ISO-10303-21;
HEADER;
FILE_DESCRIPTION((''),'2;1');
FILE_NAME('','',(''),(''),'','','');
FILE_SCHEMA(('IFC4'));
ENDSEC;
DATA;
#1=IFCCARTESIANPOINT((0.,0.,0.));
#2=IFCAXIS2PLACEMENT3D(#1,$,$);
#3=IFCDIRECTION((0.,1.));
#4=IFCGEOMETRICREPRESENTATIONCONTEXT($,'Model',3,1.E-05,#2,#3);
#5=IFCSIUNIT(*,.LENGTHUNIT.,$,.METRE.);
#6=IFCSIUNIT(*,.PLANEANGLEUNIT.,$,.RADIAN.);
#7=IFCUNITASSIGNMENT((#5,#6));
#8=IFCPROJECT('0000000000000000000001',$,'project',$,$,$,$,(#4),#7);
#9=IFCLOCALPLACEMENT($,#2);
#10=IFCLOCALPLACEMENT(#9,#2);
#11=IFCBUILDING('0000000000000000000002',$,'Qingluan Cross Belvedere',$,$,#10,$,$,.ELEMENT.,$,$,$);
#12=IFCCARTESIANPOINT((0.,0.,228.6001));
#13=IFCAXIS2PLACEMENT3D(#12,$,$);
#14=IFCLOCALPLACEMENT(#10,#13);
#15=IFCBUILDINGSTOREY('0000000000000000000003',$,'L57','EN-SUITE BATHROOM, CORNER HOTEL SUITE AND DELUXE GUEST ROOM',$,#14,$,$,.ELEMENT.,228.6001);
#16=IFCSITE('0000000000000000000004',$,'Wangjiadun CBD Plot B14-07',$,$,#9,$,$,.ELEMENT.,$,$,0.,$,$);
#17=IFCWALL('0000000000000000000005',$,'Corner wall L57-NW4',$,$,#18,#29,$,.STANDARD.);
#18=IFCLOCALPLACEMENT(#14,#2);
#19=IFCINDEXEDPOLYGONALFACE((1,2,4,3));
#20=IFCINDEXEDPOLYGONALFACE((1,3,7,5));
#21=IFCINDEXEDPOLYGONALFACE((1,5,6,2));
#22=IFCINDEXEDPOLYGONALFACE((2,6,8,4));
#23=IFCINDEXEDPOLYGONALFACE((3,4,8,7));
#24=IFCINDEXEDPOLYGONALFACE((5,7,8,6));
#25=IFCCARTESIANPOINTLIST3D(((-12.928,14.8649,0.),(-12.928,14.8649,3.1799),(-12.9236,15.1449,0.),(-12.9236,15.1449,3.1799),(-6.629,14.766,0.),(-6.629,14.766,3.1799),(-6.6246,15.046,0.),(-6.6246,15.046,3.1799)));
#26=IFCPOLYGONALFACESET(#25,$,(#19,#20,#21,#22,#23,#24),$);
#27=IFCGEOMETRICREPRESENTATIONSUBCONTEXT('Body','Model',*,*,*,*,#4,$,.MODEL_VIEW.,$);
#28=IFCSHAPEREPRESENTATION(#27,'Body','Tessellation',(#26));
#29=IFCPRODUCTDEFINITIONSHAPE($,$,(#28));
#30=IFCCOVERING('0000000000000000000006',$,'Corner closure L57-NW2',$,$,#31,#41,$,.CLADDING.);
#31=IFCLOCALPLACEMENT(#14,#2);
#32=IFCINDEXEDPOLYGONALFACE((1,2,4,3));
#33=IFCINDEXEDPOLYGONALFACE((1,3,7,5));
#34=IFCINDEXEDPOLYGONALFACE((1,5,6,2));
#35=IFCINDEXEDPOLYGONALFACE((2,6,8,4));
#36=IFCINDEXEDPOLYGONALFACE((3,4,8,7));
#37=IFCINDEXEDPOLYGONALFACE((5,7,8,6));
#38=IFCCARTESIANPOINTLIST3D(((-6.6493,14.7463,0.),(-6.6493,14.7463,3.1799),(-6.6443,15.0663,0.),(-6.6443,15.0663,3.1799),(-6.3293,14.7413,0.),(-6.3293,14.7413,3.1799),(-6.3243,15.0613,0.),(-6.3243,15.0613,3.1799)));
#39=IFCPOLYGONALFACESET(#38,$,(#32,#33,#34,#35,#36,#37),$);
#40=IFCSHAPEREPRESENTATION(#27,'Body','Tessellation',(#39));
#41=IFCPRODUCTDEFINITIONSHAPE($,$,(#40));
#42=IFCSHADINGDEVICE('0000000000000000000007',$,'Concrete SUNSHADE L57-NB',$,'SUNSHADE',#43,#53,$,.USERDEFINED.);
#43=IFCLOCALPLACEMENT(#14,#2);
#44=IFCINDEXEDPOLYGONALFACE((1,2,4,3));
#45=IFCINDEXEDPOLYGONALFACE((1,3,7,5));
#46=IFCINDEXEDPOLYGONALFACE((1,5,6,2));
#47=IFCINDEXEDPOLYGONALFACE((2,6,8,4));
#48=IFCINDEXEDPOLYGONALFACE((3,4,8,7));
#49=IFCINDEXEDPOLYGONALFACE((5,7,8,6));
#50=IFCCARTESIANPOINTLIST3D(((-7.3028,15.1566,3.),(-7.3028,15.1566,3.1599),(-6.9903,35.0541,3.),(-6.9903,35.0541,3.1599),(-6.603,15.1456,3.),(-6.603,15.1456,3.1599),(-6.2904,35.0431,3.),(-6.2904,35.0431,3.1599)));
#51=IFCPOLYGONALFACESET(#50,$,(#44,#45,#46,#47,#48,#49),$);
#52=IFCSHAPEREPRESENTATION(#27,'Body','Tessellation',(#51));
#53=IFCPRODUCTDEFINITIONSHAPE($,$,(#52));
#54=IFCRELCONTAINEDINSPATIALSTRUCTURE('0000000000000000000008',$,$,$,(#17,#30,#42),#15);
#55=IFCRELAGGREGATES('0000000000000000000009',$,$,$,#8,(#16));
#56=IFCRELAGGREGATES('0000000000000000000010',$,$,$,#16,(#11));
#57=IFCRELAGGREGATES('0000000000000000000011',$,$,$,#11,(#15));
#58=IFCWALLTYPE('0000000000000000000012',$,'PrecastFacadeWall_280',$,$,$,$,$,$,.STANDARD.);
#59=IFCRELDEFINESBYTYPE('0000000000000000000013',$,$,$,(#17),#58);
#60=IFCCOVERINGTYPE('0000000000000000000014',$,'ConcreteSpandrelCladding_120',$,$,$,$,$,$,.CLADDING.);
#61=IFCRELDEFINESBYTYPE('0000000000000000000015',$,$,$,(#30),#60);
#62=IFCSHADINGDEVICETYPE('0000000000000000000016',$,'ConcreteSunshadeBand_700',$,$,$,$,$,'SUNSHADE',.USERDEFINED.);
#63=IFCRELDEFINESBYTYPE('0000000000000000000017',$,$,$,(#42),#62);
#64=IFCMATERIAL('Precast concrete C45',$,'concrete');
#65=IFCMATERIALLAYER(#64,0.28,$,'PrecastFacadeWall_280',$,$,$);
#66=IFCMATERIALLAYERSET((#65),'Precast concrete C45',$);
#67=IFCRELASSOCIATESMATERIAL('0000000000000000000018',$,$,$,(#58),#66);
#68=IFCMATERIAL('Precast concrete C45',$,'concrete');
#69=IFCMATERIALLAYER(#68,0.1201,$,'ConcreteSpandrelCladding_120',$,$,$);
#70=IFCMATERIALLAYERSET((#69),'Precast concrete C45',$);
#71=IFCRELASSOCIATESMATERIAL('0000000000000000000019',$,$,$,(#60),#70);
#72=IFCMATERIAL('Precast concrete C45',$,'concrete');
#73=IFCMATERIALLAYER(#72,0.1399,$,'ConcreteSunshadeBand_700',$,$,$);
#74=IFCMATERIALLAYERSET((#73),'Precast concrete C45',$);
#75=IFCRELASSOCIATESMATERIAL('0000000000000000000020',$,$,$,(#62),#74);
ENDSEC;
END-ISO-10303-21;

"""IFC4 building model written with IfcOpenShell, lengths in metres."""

from ifc_helpers import new_model, si_unit, direction, frame, frame_2d, origin, origin_2d, place, context, subcontext, project, spatial, rectangle, extrude, material, layer, layer_set, type_object, element, save


model = new_model("IFC4")

# Units and contexts
model_context = context("Model", 3, precision=1e-05, world=origin(), true_north=direction((0.0, 1.0)))
body_context = subcontext(model_context, "Body", "Model", "MODEL_VIEW")
ifc_project = project(units=[si_unit("LENGTHUNIT", "METRE"), si_unit("PLANEANGLEUNIT", "RADIAN")], contexts=[model_context])

# Site, building, storey
site_placement = place(None, origin())
site = spatial("IfcSite", under=ifc_project, at=site_placement, Name="Wangjiadun CBD Plot B14-07", CompositionType="ELEMENT", RefElevation=0.0)
building_placement = place(site_placement, origin())
building = spatial("IfcBuilding", under=site, at=building_placement, Name="Qingluan Cross Belvedere", CompositionType="ELEMENT")
storey_placement = place(building_placement, frame((0.0, 0.0, 228.6001)))
storey = spatial("IfcBuildingStorey", under=building, at=storey_placement, Name="L57", Description="EN-SUITE BATHROOM, CORNER HOTEL SUITE AND DELUXE GUEST ROOM", CompositionType="ELEMENT", Elevation=228.6001)

# Shared definitions
ifc_material_1 = material(Name="Precast concrete C45", Category="concrete")
ifc_layer_1 = layer(ifc_material_1, 0.28, Name="PrecastFacadeWall_280")
ifc_layer_set_1 = layer_set([ifc_layer_1], Name="Precast concrete C45")
wall_type_1 = type_object("IfcWallType", Name="PrecastFacadeWall_280", PredefinedType="STANDARD", material=ifc_layer_set_1)

# Wall
wall_1_placement = place(storey_placement, frame((-12.9258, 15.0049, 0.0), z_axis=(0.0, 0.0, 1.0), x_axis=(0.999877, -0.015695, 0.0)))
element("IfcWall", 1, at=wall_1_placement, inside=storey, type_object=wall_type_1, Name="Corner wall L57-NW4", PredefinedType="STANDARD", context=body_context, shape_type="SweptSolid", body=[
    extrude(rectangle(XDim=6.2998, YDim=0.28, at=frame_2d((3.1499, 0.0))), origin(), (0.0, 0.0, 1.0), 3.1799),
])

# Covering
ifc_material_2 = material(Name="Precast concrete C45", Category="concrete")
ifc_layer_2 = layer(ifc_material_2, 0.1201, Name="ConcreteSpandrelCladding_120")
ifc_layer_set_2 = layer_set([ifc_layer_2], Name="Precast concrete C45")
covering_type = type_object("IfcCoveringType", Name="ConcreteSpandrelCladding_120", PredefinedType="CLADDING", material=ifc_layer_set_2)
covering_placement = place(storey_placement, frame((-6.4868, 14.9038, 0.0), z_axis=(0.0, 0.0, 1.0), x_axis=(0.999877, -0.015707, 0.0)))
element("IfcCovering", 2, at=covering_placement, inside=storey, type_object=covering_type, Name="Corner closure L57-NW2", PredefinedType="CLADDING", context=body_context, shape_type="SweptSolid", body=[
    extrude(rectangle(XDim=0.3201, YDim=0.3201, at=origin_2d()), origin(), (0.0, 0.0, 1.0), 3.1799),
])

# Shading device
ifc_material_3 = material(Name="Precast concrete C45", Category="concrete")
ifc_layer_3 = layer(ifc_material_3, 0.1399, Name="ConcreteSunshadeBand_700")
ifc_layer_set_3 = layer_set([ifc_layer_3], Name="Precast concrete C45")
shading_device_type = type_object("IfcShadingDeviceType", Name="ConcreteSunshadeBand_700", ElementType="SUNSHADE", PredefinedType="USERDEFINED", material=ifc_layer_set_3)
shading_device_placement = place(storey_placement, frame((-6.7966, 25.0999, 3.0), z_axis=(0.0, 0.0, 1.0), x_axis=(-0.015706, -0.999877, 0.0)))
element("IfcShadingDevice", 3, at=shading_device_placement, inside=storey, type_object=shading_device_type, Name="Concrete SUNSHADE L57-NB", ObjectType="SUNSHADE", PredefinedType="USERDEFINED", context=body_context, shape_type="SweptSolid", body=[
    extrude(rectangle(XDim=19.8999, YDim=0.7, at=origin_2d()), origin(), (0.0, 0.0, 1.0), 0.1599),
])

save(model, "model.ifc")
